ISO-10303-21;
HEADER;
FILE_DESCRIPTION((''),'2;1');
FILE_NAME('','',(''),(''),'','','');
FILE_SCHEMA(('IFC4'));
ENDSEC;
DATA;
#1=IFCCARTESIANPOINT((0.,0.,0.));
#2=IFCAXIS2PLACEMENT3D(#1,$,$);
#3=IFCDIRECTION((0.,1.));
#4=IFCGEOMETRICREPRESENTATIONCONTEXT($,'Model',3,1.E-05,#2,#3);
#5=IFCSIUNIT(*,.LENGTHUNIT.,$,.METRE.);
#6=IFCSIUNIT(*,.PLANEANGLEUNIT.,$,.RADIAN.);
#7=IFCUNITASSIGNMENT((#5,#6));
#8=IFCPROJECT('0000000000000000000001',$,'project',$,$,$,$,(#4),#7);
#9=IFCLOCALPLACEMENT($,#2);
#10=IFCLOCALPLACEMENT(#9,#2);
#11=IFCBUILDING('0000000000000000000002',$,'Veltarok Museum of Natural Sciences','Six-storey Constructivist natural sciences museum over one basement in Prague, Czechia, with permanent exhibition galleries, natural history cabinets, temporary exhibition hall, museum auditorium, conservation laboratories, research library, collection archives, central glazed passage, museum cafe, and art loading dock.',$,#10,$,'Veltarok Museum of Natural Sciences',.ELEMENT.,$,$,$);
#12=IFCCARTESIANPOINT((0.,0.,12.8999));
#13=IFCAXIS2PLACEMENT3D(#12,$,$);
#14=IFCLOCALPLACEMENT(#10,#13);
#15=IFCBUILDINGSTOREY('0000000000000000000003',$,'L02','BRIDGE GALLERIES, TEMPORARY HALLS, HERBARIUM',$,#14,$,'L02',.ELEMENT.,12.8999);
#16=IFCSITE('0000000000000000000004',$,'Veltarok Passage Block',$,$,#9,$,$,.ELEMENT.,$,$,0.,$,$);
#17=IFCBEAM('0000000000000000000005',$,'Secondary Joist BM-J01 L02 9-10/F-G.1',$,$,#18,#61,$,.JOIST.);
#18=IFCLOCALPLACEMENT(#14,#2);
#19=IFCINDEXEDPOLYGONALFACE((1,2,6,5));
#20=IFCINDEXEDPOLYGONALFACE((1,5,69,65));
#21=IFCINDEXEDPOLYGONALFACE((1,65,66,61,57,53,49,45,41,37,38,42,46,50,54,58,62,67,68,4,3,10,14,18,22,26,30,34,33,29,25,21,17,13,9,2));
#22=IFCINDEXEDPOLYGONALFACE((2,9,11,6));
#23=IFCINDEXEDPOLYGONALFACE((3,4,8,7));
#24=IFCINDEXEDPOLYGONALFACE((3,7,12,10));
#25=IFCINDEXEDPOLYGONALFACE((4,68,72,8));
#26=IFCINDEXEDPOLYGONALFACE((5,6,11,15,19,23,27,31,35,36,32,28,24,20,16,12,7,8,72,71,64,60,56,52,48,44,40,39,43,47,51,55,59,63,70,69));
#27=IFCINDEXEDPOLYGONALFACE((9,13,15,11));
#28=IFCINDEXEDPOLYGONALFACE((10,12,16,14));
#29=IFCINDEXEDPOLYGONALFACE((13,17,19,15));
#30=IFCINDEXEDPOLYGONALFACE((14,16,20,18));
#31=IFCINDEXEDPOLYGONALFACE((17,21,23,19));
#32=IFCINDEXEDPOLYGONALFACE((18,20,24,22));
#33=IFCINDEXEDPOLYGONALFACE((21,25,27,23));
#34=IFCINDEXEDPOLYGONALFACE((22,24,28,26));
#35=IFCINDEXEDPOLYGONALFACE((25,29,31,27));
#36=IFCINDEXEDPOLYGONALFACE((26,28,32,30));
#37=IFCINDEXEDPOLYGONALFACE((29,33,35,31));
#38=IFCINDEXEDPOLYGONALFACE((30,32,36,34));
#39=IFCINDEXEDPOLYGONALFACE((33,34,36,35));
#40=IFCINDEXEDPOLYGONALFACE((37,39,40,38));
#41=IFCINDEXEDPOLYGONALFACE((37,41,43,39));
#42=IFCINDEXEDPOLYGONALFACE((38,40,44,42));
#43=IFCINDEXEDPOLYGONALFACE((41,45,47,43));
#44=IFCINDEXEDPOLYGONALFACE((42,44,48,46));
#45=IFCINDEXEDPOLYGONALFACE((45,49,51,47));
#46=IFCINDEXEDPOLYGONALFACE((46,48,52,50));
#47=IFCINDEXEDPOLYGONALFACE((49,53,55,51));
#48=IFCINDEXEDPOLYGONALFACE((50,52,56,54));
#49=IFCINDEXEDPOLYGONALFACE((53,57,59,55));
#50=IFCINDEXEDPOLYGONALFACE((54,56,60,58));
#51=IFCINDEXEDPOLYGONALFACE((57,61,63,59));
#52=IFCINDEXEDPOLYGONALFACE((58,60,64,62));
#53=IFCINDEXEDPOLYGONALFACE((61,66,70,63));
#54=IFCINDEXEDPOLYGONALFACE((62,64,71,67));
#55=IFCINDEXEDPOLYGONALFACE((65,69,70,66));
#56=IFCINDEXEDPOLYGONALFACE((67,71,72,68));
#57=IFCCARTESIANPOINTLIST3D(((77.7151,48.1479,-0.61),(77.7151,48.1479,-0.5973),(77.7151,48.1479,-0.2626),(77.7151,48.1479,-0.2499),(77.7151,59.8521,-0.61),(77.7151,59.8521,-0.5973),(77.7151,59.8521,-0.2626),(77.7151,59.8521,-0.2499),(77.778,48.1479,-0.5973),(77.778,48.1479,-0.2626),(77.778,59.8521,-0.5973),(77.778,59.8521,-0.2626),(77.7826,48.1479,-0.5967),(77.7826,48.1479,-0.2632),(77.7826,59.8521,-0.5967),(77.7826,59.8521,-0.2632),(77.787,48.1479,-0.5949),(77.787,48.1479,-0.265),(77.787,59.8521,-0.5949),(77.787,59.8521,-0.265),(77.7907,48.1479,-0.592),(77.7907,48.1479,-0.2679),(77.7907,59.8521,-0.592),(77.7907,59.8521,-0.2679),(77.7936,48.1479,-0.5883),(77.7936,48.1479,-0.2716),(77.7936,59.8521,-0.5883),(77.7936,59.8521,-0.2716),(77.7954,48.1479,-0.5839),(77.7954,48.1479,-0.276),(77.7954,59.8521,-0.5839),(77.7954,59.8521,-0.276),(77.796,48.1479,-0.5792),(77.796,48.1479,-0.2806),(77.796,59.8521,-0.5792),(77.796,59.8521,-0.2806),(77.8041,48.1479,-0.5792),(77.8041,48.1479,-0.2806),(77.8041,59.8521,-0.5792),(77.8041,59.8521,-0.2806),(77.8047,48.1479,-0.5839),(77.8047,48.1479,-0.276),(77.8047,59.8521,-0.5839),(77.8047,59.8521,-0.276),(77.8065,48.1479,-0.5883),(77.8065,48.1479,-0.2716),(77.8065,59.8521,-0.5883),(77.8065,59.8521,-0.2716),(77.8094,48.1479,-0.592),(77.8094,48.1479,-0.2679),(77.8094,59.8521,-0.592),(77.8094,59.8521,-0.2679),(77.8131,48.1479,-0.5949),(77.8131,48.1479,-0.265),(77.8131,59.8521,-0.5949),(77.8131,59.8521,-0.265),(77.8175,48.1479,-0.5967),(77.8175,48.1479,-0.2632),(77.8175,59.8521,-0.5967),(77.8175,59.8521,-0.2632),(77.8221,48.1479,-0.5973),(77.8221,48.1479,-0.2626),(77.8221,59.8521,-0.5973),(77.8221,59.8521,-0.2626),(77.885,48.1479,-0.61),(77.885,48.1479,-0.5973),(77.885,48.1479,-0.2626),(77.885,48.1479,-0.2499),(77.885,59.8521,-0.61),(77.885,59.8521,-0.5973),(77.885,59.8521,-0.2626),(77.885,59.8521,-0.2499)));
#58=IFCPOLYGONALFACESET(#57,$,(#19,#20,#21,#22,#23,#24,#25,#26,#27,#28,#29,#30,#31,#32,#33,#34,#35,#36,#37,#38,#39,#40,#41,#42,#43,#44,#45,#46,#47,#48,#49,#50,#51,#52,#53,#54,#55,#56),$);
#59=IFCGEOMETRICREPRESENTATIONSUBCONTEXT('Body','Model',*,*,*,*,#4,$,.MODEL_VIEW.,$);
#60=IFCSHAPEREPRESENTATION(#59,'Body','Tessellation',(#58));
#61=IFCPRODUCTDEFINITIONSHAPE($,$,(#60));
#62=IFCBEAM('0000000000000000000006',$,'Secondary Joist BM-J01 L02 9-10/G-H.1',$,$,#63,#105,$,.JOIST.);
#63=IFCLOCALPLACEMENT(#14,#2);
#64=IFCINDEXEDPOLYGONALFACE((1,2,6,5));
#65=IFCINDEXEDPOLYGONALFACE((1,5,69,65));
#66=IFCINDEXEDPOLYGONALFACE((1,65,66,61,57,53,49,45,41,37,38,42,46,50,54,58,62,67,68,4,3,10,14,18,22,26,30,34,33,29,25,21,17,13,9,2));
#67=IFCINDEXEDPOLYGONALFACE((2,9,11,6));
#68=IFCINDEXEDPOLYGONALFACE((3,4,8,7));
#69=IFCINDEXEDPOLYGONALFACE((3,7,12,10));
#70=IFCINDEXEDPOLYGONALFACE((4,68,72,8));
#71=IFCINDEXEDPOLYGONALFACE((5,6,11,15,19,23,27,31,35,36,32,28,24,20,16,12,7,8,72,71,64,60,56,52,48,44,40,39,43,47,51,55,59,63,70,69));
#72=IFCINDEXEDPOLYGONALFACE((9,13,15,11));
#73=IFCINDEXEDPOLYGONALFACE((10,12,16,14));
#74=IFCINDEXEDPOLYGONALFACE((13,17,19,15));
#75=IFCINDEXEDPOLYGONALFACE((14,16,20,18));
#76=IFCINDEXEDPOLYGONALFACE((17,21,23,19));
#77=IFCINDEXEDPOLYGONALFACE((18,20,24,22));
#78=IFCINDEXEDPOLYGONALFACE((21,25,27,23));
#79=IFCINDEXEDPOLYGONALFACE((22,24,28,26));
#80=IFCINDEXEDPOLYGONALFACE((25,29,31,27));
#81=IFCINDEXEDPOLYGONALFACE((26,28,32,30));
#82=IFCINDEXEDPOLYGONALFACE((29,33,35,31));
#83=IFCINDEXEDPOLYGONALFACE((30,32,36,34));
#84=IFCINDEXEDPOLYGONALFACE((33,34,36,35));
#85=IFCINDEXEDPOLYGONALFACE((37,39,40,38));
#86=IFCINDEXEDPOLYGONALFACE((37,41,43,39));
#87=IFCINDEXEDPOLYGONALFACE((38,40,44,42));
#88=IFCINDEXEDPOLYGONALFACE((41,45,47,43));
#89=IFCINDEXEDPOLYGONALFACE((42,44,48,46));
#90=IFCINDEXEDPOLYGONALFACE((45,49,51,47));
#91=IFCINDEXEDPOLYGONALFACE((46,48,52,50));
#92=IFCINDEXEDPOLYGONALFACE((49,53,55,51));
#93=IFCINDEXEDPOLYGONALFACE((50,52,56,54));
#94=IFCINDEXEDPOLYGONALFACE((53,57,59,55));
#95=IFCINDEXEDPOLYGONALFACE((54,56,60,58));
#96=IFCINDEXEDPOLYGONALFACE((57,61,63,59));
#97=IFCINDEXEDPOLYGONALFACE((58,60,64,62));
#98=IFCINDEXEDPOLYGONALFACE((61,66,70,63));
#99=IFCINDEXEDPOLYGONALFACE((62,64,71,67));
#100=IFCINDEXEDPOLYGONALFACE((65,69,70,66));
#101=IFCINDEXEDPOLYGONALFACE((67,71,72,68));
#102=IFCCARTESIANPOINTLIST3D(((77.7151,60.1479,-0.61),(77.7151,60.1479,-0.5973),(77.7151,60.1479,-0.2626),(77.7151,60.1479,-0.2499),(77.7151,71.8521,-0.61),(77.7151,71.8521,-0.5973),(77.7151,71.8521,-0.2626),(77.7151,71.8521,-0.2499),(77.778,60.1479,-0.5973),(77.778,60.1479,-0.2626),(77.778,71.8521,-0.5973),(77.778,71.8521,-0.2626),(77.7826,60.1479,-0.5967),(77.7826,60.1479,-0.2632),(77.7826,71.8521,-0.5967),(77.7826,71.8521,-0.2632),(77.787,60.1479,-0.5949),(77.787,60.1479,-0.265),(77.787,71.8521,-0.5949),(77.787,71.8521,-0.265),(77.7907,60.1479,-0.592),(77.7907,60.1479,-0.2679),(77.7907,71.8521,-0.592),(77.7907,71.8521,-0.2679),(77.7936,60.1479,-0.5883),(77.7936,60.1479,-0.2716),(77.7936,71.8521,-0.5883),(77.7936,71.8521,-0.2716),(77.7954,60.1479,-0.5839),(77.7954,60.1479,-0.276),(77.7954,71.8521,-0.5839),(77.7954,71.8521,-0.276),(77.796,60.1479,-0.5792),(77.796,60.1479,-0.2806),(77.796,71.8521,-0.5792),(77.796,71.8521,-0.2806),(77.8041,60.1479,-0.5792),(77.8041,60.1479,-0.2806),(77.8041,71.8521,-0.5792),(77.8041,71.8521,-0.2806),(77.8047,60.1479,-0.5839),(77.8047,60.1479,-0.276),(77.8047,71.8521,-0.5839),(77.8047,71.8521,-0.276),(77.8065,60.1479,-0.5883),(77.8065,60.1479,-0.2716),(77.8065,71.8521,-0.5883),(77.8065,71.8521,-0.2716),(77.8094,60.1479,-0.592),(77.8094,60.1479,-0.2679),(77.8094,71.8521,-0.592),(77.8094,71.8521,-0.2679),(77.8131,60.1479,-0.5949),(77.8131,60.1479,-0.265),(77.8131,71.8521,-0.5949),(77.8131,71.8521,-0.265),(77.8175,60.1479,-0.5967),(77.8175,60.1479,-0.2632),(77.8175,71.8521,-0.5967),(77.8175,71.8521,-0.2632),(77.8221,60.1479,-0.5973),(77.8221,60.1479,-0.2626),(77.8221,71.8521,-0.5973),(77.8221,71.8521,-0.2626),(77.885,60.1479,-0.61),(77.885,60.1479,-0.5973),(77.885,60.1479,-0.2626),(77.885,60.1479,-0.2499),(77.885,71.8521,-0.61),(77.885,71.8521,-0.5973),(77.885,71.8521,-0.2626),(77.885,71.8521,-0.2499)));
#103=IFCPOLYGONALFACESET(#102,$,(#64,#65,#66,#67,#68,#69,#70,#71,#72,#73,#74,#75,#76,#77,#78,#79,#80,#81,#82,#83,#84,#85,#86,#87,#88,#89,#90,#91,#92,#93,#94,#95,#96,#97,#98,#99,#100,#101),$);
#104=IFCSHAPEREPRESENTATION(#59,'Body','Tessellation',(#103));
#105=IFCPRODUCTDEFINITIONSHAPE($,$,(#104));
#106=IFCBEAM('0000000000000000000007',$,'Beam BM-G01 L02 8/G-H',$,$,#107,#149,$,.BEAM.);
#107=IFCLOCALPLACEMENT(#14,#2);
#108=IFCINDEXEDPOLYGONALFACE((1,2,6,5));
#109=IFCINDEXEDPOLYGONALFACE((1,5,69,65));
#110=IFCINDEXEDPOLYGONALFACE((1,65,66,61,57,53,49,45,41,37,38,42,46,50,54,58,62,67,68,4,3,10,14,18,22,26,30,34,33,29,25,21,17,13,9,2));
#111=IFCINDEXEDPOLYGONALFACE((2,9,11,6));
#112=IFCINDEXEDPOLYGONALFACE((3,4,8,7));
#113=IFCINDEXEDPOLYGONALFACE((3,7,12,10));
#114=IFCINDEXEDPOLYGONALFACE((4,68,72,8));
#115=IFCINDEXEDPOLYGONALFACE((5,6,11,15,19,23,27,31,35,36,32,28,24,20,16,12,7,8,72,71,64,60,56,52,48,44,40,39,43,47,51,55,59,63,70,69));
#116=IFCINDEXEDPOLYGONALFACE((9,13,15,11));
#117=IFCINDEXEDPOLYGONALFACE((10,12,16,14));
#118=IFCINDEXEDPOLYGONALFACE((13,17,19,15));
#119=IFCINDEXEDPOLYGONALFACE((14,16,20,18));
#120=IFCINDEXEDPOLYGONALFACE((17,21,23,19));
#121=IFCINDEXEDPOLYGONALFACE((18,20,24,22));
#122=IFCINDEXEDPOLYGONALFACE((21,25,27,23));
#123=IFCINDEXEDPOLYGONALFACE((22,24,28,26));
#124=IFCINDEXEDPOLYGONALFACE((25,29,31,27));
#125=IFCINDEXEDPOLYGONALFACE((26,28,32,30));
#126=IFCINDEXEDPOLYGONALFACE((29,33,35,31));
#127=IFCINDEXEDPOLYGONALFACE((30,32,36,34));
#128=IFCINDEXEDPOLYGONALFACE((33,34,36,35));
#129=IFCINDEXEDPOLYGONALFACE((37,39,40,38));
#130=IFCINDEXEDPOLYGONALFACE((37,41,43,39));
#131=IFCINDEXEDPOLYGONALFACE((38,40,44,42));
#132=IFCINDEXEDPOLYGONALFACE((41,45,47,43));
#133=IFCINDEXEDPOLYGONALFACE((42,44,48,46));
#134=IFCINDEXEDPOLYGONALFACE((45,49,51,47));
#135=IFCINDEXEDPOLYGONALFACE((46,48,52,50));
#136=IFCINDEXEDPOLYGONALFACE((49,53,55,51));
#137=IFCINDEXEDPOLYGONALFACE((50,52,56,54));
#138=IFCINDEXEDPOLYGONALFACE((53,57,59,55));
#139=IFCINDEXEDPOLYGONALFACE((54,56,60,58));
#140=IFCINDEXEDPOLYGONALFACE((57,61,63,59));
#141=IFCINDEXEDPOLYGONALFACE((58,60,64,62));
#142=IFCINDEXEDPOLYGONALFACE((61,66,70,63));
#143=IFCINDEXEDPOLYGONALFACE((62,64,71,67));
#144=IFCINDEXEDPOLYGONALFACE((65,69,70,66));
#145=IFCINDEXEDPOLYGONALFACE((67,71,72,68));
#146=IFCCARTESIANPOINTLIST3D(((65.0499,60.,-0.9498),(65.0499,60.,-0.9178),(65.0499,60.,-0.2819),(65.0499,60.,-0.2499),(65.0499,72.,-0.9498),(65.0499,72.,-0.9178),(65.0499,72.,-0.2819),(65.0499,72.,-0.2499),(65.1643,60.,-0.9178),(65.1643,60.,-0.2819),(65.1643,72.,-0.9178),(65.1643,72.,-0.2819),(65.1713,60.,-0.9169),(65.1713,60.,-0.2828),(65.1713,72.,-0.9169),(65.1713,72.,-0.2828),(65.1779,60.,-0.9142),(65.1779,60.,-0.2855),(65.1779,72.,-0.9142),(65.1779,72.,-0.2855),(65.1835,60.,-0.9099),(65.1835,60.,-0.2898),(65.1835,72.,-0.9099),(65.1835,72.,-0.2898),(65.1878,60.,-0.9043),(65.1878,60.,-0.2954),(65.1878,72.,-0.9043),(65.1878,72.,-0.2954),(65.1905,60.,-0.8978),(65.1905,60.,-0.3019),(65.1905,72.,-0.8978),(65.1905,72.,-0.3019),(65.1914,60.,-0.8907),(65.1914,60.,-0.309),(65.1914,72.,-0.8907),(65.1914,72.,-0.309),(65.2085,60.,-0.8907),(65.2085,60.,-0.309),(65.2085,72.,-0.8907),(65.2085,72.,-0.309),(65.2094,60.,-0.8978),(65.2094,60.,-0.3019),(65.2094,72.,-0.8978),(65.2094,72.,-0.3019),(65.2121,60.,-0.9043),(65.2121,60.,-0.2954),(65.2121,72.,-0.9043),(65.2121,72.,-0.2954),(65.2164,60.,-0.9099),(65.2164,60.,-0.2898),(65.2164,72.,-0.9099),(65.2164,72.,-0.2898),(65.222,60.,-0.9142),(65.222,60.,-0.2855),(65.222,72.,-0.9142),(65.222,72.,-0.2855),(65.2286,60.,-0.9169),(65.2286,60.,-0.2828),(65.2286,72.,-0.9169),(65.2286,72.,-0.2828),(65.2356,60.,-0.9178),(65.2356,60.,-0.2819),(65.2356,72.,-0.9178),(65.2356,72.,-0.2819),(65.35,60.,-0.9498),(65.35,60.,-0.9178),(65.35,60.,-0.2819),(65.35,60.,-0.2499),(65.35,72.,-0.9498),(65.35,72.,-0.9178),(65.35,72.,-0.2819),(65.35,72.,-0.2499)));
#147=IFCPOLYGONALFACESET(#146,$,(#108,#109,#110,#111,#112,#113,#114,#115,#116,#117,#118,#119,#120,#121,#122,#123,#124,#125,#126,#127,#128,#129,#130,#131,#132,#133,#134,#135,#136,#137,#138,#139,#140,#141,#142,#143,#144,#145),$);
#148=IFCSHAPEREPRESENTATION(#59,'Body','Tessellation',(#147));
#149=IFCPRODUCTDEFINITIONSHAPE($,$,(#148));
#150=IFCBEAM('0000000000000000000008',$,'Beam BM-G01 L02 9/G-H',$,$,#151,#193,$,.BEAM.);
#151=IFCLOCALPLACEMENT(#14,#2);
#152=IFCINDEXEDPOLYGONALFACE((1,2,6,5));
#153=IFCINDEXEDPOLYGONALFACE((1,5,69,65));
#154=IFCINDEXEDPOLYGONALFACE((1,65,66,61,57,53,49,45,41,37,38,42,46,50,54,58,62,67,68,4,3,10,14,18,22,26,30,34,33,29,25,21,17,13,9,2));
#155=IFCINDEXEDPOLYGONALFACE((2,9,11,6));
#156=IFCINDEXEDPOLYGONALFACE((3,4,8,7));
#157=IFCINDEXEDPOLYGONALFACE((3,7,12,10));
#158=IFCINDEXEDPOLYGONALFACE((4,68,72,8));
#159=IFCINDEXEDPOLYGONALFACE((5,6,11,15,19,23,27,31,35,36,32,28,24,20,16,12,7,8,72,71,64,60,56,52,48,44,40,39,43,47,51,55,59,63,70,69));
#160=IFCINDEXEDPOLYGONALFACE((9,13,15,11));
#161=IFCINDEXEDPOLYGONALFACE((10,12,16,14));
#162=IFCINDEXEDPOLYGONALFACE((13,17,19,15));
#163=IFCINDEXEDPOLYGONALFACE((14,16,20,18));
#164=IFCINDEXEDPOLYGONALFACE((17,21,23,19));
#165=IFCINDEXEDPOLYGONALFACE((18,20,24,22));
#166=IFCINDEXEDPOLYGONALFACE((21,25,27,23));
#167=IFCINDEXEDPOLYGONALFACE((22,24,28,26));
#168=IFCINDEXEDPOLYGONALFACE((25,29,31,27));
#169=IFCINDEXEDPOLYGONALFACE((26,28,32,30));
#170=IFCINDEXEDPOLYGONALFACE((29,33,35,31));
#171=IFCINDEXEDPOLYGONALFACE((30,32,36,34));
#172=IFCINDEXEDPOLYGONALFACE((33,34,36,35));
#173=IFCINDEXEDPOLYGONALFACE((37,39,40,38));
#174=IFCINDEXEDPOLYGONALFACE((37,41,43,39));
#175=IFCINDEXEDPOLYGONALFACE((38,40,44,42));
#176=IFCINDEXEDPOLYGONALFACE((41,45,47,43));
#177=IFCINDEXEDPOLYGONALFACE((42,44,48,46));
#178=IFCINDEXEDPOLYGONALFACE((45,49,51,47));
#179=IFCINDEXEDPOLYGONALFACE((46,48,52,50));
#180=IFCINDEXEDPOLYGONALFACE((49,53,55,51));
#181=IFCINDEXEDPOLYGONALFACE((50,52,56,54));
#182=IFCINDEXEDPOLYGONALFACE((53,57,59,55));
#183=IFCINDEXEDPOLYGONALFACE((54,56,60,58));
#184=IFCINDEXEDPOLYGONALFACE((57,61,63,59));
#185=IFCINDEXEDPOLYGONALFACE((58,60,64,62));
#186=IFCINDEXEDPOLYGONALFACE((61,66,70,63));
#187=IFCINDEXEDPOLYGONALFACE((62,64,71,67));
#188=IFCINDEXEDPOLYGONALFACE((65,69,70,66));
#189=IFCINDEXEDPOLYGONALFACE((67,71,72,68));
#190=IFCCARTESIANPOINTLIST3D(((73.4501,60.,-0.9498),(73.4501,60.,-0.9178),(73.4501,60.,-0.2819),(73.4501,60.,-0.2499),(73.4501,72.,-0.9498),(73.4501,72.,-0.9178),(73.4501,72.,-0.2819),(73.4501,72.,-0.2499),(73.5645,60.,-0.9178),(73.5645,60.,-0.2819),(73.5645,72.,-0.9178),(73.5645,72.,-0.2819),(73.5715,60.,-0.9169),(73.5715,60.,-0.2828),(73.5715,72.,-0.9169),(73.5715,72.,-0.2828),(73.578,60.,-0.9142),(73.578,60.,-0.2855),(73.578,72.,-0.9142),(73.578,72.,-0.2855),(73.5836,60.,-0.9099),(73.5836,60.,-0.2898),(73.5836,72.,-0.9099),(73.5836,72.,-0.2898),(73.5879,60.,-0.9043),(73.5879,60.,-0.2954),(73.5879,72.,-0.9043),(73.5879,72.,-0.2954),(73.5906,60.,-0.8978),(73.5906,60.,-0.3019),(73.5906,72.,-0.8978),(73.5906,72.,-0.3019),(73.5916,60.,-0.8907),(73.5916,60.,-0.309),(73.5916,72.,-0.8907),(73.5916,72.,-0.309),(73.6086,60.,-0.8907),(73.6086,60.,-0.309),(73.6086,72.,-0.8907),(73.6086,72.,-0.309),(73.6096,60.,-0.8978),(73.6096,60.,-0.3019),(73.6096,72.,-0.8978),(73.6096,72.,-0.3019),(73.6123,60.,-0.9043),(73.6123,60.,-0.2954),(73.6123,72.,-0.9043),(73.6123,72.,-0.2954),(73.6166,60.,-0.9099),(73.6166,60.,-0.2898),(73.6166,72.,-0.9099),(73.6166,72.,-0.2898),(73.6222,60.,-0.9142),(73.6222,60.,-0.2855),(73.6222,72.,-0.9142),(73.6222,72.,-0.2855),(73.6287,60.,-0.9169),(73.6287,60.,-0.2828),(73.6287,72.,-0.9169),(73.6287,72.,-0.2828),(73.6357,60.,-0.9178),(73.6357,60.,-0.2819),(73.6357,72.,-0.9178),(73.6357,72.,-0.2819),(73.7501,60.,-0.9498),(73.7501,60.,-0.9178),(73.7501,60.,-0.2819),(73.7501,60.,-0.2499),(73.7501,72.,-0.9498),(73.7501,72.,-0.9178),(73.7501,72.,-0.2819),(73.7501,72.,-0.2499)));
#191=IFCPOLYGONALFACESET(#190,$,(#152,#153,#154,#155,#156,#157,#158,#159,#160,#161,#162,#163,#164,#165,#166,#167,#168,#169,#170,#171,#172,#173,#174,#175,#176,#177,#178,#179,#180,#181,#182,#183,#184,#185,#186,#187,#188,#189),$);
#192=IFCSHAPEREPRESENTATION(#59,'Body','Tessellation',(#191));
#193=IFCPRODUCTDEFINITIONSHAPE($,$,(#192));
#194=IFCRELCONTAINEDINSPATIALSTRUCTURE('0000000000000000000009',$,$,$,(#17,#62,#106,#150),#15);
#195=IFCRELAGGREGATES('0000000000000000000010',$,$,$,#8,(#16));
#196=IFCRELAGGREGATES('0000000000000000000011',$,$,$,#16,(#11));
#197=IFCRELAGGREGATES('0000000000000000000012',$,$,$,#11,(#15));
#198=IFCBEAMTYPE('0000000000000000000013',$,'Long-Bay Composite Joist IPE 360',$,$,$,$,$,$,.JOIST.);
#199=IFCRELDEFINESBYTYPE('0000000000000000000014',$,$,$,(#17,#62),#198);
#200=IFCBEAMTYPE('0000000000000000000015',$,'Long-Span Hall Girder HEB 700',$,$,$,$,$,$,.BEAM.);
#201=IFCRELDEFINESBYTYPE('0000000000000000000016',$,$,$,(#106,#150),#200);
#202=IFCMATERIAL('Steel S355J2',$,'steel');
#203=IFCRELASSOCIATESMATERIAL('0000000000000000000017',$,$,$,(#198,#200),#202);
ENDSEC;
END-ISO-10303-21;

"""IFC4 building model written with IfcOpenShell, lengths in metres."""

from ifc_helpers import new_model, si_unit, direction, frame, origin, origin_2d, place, context, subcontext, project, spatial, i_section, extrude, material, material_profile, profile_set, type_object, element, save


model = new_model("IFC4")

# Units and contexts
model_context = context("Model", 3, precision=1e-05, world=origin(), true_north=direction((0.0, 1.0)))
body_context = subcontext(model_context, "Body", "Model", "MODEL_VIEW")
ifc_project = project(units=[si_unit("LENGTHUNIT", "METRE"), si_unit("PLANEANGLEUNIT", "RADIAN")], contexts=[model_context])

# Site, building, storey
site_placement = place(None, origin())
site = spatial("IfcSite", under=ifc_project, at=site_placement, Name="Veltarok Passage Block", CompositionType="ELEMENT", RefElevation=0.0)
building_placement = place(site_placement, origin())
building = spatial("IfcBuilding", under=site, at=building_placement, Name="Veltarok Museum of Natural Sciences", Description="Six-storey Constructivist natural sciences museum over one basement in Prague, Czechia, with permanent exhibition galleries, natural history cabinets, temporary exhibition hall, museum auditorium, conservation laboratories, research library, collection archives, central glazed passage, museum cafe, and art loading dock.", LongName="Veltarok Museum of Natural Sciences", CompositionType="ELEMENT")
storey_placement = place(building_placement, frame((0.0, 0.0, 12.8999)))
storey = spatial("IfcBuildingStorey", under=building, at=storey_placement, Name="L02", Description="BRIDGE GALLERIES, TEMPORARY HALLS, HERBARIUM", LongName="L02", CompositionType="ELEMENT", Elevation=12.8999)

# Shared definitions
ifc_material_1 = material(Name="Steel S355J2", Category="steel")

# Beams
ifc_material_profile_1 = material_profile(ifc_material_1, i_section(OverallWidth=0.1699, OverallDepth=0.3601, WebThickness=0.0081, FlangeThickness=0.0127, FilletRadius=0.0181, at=origin_2d()), Name="IPE 360")
ifc_profile_set_1 = profile_set([ifc_material_profile_1], Name="Steel S355J2")
beam_type_1 = type_object("IfcBeamType", Name="Long-Bay Composite Joist IPE 360", PredefinedType="JOIST", material=ifc_profile_set_1)
for number, where, z_axis, x_axis, name in (
    (1, (77.8, 48.1479, -0.4299), (0.0, 1.0, 0.0), (-1.0, 0.0, 0.0), "Secondary Joist BM-J01 L02 9-10/F-G.1"),
    (2, (77.8, 60.1479, -0.4299), (0.0, 1.0, 0.0), (-1.0, 0.0, 0.0), "Secondary Joist BM-J01 L02 9-10/G-H.1"),
):
    element("IfcBeam", number, at=place(storey_placement, frame(where, z_axis=z_axis, x_axis=x_axis)), inside=storey, type_object=beam_type_1, Name=name, PredefinedType="JOIST", context=body_context, shape_type="SweptSolid", body=[
        extrude(i_section(OverallWidth=0.1699, OverallDepth=0.3601, WebThickness=0.0081, FlangeThickness=0.0127, FilletRadius=0.0181, at=origin_2d()), origin(), (0.0, 0.0, 1.0), 11.7041),
    ])
ifc_material_profile_2 = material_profile(ifc_material_1, i_section(OverallWidth=0.3, OverallDepth=0.7, WebThickness=0.0171, FlangeThickness=0.032, FilletRadius=0.0271, at=origin_2d()), Name="HEB 700")
ifc_profile_set_2 = profile_set([ifc_material_profile_2], Name="Steel S355J2")
beam_type_2 = type_object("IfcBeamType", Name="Long-Span Hall Girder HEB 700", PredefinedType="BEAM", material=ifc_profile_set_2)
for number, where, z_axis, x_axis, name in (
    (3, (65.2, 60.0, -0.5999), (0.0, 1.0, 0.0), (-1.0, 0.0, 0.0), "Beam BM-G01 L02 8/G-H"),
    (4, (73.6001, 60.0, -0.5999), (0.0, 1.0, 0.0), (-1.0, 0.0, 0.0), "Beam BM-G01 L02 9/G-H"),
):
    element("IfcBeam", number, at=place(storey_placement, frame(where, z_axis=z_axis, x_axis=x_axis)), inside=storey, type_object=beam_type_2, Name=name, PredefinedType="BEAM", context=body_context, shape_type="SweptSolid", body=[
        extrude(i_section(OverallWidth=0.3, OverallDepth=0.7, WebThickness=0.0171, FlangeThickness=0.032, FilletRadius=0.0271, at=origin_2d()), origin(), (0.0, 0.0, 1.0), 12.0),
    ])

save(model, "model.ifc")
